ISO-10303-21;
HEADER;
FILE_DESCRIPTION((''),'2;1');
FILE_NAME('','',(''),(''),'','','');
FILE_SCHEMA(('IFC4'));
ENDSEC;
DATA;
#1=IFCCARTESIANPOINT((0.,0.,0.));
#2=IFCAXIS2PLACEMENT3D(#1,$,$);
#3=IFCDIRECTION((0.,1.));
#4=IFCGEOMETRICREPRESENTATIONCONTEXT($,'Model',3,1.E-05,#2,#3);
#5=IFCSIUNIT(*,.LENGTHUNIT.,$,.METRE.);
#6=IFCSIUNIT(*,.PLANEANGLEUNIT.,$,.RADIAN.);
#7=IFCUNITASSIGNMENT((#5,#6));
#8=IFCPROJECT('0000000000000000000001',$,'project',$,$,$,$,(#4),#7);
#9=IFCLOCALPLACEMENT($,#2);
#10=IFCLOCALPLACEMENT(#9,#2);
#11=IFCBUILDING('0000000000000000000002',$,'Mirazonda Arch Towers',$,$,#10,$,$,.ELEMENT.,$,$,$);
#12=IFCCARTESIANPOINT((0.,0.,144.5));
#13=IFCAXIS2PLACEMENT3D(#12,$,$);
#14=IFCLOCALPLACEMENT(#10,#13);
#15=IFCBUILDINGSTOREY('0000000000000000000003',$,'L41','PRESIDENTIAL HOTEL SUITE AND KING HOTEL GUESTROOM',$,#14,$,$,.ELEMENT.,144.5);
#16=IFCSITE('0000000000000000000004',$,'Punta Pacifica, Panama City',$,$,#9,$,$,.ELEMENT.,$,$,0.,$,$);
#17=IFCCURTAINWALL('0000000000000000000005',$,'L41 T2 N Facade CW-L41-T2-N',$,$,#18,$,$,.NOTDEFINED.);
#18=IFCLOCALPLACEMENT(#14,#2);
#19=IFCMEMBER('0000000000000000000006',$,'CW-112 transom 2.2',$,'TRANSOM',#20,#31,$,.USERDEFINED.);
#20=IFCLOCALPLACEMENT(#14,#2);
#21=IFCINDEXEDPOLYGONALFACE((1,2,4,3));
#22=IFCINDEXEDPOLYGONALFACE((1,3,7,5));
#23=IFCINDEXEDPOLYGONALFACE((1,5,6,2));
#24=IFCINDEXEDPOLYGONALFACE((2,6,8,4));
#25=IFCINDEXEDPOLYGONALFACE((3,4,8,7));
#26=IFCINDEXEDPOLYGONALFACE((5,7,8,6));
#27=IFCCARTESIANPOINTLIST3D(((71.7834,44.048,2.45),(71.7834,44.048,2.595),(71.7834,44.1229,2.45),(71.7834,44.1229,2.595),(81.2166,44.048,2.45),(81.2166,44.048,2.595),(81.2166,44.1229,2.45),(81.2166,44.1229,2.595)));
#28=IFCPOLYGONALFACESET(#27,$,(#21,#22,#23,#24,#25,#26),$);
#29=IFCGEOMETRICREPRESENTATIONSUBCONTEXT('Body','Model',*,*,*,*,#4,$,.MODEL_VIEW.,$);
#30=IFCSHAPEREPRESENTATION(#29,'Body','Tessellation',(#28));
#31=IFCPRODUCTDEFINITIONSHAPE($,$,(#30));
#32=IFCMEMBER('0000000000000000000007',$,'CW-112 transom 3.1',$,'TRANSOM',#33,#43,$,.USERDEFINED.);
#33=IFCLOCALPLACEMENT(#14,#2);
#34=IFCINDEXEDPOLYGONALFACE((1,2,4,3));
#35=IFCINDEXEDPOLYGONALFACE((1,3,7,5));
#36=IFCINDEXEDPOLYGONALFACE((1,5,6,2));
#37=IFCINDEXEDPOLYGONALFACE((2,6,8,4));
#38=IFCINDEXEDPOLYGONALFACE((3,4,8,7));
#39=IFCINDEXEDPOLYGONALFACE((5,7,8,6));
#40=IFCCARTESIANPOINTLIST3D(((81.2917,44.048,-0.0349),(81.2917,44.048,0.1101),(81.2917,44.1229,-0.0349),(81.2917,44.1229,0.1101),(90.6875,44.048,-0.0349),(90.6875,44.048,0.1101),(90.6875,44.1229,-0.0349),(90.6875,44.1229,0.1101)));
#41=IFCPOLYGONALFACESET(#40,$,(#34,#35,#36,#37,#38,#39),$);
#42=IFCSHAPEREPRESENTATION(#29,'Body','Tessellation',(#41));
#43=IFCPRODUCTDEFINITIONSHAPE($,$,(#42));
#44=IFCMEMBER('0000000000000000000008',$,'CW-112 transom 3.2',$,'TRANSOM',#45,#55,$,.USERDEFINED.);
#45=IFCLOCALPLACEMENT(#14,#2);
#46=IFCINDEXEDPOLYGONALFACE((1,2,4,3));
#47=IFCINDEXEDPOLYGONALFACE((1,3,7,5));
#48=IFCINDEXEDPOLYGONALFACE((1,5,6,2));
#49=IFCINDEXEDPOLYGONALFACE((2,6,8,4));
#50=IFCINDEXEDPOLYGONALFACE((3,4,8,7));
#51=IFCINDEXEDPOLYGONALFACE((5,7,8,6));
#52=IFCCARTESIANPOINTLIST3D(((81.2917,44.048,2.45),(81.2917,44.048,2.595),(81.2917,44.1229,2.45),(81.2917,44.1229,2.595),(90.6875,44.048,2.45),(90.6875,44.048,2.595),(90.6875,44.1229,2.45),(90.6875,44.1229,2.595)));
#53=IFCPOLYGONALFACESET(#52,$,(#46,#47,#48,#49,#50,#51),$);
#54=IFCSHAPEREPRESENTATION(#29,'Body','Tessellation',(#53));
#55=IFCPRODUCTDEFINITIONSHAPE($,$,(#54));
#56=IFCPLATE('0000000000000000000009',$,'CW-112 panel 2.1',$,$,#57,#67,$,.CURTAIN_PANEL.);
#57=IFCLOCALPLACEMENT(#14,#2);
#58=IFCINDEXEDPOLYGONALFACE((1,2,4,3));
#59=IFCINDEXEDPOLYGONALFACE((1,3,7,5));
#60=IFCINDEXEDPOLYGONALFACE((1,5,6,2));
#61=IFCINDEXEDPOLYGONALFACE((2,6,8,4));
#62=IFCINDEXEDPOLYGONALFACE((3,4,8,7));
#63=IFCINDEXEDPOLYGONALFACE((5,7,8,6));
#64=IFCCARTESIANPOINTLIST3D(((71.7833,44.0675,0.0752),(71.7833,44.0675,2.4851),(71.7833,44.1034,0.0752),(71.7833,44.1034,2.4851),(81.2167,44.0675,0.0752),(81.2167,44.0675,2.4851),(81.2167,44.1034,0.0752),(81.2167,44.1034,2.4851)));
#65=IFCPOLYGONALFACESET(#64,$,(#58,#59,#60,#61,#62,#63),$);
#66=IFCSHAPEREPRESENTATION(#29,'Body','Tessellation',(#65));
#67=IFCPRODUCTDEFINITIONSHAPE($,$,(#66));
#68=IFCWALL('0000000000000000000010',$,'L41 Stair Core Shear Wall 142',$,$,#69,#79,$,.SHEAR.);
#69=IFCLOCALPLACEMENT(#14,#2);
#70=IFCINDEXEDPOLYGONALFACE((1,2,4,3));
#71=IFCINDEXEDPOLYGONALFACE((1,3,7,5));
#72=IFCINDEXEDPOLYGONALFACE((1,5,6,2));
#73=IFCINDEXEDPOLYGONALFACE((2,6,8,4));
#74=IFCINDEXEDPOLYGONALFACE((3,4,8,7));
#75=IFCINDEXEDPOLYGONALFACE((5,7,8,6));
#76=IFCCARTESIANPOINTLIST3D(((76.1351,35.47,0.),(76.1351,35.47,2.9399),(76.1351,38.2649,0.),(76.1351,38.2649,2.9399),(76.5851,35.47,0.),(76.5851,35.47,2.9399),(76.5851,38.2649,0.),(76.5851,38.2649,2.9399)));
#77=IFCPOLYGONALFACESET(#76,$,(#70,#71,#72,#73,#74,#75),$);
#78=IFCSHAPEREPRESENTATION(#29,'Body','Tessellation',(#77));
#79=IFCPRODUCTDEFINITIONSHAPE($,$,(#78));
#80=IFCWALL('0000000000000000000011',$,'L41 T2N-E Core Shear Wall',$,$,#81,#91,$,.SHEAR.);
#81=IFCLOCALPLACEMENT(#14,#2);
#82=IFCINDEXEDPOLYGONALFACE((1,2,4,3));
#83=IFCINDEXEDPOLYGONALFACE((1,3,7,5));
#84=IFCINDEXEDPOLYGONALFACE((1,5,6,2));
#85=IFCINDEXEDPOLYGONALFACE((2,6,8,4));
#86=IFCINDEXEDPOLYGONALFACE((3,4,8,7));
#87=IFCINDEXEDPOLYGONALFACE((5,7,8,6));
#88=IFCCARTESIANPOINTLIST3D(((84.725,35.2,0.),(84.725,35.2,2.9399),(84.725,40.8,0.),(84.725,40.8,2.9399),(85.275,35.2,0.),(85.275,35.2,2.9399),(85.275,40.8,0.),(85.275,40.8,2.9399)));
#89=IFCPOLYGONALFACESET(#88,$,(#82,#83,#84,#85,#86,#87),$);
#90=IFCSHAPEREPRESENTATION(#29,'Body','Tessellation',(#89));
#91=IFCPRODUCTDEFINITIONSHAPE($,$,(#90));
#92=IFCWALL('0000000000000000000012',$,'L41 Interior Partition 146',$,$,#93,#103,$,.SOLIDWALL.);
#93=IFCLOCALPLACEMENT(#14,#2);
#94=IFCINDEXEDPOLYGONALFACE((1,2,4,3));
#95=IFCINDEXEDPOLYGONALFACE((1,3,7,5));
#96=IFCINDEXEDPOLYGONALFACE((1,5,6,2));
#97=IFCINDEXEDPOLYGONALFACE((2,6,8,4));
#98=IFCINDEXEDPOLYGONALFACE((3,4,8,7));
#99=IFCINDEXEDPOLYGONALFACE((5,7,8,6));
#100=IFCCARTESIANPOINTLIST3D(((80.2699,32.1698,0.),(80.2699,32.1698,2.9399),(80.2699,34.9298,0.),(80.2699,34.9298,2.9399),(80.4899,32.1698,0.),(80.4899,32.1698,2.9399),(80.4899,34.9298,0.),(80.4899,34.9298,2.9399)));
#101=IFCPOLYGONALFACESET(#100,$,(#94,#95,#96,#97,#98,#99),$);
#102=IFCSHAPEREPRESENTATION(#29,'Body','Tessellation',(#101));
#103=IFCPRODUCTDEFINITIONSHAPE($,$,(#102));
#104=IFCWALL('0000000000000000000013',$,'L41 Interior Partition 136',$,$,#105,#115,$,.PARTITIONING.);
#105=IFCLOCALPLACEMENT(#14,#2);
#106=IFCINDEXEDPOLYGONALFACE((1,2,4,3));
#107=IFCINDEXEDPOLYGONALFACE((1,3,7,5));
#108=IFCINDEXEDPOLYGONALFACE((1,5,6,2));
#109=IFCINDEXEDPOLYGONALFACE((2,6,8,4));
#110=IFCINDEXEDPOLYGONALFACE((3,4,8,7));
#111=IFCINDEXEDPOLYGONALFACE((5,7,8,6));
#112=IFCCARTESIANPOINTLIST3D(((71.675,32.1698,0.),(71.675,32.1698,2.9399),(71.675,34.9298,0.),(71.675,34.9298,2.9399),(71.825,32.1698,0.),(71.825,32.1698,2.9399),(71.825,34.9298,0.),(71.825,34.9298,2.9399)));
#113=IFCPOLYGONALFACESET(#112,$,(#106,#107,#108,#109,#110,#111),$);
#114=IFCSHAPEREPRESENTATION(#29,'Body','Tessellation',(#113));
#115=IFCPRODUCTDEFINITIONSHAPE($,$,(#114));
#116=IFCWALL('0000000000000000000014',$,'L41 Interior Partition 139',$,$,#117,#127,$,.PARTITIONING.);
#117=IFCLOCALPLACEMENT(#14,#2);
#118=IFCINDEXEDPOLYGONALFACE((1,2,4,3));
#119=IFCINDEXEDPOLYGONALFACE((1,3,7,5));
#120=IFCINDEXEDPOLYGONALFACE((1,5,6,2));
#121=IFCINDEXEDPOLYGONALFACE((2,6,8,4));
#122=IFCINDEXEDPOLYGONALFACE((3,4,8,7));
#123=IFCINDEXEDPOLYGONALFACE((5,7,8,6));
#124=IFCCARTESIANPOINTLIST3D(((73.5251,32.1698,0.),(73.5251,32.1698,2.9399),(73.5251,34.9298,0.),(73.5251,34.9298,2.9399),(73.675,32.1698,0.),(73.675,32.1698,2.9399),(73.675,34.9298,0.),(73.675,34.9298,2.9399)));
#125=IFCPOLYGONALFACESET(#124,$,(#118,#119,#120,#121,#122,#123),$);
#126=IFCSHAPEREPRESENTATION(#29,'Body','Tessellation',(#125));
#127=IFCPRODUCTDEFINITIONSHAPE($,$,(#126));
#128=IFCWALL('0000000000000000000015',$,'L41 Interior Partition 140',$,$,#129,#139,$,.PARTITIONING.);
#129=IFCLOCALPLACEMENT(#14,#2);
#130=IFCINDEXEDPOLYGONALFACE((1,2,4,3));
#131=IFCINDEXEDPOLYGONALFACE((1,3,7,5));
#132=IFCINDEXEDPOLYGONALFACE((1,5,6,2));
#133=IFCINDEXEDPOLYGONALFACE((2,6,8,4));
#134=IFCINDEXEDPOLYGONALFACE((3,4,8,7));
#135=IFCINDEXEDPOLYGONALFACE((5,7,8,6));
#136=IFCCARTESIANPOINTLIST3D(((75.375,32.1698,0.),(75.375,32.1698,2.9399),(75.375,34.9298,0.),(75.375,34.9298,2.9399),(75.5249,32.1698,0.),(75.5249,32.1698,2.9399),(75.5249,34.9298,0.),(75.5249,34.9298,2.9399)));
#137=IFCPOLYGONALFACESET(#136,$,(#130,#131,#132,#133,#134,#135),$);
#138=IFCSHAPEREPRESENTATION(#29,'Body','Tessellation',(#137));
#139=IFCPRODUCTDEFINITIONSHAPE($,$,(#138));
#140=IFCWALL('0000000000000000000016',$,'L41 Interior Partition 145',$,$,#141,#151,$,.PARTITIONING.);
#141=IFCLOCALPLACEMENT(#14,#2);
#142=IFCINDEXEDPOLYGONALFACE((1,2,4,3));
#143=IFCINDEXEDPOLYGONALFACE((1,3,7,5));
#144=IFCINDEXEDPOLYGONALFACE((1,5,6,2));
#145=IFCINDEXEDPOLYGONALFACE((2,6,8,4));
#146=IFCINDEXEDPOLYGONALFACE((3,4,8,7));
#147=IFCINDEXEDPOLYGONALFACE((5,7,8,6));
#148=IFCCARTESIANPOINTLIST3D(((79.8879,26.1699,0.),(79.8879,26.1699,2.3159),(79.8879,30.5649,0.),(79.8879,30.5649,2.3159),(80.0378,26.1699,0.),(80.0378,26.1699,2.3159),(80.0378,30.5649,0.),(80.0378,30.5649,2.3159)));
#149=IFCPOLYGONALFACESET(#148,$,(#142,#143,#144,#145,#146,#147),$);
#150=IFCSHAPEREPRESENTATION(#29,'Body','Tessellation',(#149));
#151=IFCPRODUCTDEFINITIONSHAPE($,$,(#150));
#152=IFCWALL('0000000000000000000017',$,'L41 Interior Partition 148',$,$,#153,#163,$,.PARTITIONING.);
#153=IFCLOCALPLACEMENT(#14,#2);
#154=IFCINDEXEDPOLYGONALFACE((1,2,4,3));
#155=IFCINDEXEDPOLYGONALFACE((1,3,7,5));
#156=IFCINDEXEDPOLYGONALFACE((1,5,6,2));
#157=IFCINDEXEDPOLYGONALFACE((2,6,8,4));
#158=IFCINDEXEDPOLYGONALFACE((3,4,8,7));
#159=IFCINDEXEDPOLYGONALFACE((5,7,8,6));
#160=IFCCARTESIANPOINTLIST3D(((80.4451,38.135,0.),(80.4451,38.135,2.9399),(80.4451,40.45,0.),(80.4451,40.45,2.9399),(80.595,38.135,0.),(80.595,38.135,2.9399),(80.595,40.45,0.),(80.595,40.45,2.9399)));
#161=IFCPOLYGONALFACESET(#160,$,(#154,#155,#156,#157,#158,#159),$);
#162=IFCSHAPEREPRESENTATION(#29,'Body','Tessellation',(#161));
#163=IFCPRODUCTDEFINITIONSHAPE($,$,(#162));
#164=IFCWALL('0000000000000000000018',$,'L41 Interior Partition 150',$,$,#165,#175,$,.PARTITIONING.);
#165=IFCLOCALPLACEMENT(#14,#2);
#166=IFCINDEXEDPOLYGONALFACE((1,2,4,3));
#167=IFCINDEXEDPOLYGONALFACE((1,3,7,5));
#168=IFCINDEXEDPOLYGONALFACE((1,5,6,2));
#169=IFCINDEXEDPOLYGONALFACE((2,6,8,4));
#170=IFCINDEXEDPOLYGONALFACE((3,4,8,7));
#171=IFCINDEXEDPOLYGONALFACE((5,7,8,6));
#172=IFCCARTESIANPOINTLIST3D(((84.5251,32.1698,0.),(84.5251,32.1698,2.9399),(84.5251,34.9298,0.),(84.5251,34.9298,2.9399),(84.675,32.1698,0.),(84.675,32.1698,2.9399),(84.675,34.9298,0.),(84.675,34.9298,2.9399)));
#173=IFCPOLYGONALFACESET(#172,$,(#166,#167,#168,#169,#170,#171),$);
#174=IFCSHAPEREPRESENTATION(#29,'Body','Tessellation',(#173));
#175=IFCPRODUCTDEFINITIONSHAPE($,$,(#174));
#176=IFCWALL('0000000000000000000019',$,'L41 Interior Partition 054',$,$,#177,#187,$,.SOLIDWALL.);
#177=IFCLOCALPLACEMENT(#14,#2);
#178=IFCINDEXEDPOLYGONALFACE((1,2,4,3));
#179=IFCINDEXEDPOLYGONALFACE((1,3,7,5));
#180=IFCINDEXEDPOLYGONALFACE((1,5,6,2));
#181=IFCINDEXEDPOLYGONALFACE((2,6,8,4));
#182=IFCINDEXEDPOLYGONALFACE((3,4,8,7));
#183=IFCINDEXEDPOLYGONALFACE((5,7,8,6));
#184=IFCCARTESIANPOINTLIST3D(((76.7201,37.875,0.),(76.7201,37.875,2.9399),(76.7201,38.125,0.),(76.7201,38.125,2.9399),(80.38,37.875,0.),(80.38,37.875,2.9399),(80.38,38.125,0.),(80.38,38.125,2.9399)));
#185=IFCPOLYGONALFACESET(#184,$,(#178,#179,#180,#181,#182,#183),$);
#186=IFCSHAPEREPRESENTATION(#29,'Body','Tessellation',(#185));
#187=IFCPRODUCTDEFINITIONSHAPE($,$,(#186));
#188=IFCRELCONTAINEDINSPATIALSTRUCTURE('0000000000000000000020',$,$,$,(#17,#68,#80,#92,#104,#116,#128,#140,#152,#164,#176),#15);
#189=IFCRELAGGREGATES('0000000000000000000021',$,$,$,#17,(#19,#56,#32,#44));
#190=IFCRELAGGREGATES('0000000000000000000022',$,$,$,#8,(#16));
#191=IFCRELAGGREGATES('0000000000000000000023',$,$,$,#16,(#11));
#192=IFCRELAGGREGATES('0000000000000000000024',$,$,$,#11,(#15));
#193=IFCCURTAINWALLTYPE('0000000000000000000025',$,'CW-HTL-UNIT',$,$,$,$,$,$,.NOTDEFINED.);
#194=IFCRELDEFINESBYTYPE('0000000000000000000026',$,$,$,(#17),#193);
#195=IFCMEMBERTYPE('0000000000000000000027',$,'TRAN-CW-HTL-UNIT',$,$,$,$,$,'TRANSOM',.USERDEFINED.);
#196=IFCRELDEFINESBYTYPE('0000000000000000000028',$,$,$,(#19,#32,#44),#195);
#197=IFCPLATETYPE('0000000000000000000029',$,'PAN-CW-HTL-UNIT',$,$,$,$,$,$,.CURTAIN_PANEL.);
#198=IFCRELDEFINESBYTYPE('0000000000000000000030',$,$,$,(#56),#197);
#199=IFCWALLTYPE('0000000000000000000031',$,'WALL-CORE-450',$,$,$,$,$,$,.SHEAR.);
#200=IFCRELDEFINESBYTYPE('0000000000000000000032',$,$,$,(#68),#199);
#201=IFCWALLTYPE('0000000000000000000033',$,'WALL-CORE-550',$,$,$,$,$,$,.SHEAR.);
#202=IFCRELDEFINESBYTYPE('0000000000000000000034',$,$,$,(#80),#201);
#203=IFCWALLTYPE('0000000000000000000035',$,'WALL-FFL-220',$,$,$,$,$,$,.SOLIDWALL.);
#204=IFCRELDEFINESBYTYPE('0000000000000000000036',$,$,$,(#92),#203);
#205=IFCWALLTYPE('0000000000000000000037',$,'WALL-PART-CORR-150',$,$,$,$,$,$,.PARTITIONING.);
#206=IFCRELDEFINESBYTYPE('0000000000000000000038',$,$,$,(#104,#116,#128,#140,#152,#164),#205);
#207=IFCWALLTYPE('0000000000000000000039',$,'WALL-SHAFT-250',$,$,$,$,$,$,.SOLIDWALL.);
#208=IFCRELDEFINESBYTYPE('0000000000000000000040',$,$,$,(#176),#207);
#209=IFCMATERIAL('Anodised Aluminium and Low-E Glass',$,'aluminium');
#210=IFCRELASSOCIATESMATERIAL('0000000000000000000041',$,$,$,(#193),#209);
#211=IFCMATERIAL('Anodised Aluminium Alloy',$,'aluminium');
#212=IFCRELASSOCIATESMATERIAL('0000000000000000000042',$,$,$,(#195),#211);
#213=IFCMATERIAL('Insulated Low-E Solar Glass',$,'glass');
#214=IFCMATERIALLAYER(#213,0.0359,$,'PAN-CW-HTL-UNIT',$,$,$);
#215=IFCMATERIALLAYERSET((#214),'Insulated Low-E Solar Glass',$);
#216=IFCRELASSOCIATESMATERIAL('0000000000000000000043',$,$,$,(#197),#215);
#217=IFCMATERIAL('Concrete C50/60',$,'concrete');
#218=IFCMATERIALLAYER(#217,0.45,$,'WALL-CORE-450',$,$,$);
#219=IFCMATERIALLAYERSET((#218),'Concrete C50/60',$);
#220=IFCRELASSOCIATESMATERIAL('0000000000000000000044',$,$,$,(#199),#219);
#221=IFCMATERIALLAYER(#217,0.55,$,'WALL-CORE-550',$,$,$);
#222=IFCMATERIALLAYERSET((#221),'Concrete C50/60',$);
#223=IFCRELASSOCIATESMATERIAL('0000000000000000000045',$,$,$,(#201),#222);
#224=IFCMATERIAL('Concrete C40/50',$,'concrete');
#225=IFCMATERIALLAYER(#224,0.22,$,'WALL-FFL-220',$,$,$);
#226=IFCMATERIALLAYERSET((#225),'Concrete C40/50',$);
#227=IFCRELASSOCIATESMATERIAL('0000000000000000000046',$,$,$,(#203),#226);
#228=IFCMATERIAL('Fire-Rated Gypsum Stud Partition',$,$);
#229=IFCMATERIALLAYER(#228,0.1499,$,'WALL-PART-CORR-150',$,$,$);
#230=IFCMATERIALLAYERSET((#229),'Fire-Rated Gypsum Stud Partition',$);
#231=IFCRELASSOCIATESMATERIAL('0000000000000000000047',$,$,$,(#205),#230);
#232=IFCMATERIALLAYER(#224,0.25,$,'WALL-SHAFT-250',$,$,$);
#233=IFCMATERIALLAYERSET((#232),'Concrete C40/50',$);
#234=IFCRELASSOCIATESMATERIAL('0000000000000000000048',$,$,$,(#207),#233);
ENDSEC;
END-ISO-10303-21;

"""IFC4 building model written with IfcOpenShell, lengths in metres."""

from ifc_helpers import new_model, si_unit, direction, frame, frame_2d, origin, origin_2d, place, context, subcontext, project, spatial, rectangle, extrude, material, layer, layer_set, material_profile, profile_set, type_object, element, aggregate, save


model = new_model("IFC4")

# Units and contexts
model_context = context("Model", 3, precision=1e-05, world=origin(), true_north=direction((0.0, 1.0)))
body_context = subcontext(model_context, "Body", "Model", "MODEL_VIEW")
ifc_project = project(units=[si_unit("LENGTHUNIT", "METRE"), si_unit("PLANEANGLEUNIT", "RADIAN")], contexts=[model_context])

# Site, building, storey
site_placement = place(None, origin())
site = spatial("IfcSite", under=ifc_project, at=site_placement, Name="Punta Pacifica, Panama City", CompositionType="ELEMENT", RefElevation=0.0)
building_placement = place(site_placement, origin())
building = spatial("IfcBuilding", under=site, at=building_placement, Name="Mirazonda Arch Towers", CompositionType="ELEMENT")
storey_placement = place(building_placement, frame((0.0, 0.0, 144.5)))
storey = spatial("IfcBuildingStorey", under=building, at=storey_placement, Name="L41", Description="PRESIDENTIAL HOTEL SUITE AND KING HOTEL GUESTROOM", CompositionType="ELEMENT", Elevation=144.5)

# Shared definitions
ifc_material_1 = material(Name="Concrete C50/60", Category="concrete")

# Curtain wall, members, plate
ifc_material_2 = material(Name="Anodised Aluminium and Low-E Glass", Category="aluminium")
curtain_wall_type = type_object("IfcCurtainWallType", Name="CW-HTL-UNIT", PredefinedType="NOTDEFINED", material=ifc_material_2)
curtain_wall_placement = place(storey_placement, origin())
curtain_wall = element("IfcCurtainWall", 1, at=curtain_wall_placement, inside=storey, type_object=curtain_wall_type, Name="L41 T2 N Facade CW-L41-T2-N", PredefinedType="NOTDEFINED")
ifc_material_3 = material(Name="Anodised Aluminium Alloy", Category="aluminium")
ifc_material_profile_1 = material_profile(ifc_material_3, rectangle(XDim=0.075, YDim=0.145, at=origin_2d()), Name="ALU-TRAN-75x145")
ifc_profile_set_1 = profile_set([ifc_material_profile_1], Name="Anodised Aluminium Alloy")
member_type_1 = type_object("IfcMemberType", Name="TRAN-CW-HTL-UNIT", ElementType="TRANSOM", PredefinedType="USERDEFINED", material=ifc_profile_set_1)
member_1_placement = place(storey_placement, frame((71.7834, 44.0854, 2.5225), z_axis=(1.0, 0.0, 0.0), x_axis=(0.0, 1.0, 0.0)))
member_1 = element("IfcMember", 2, at=member_1_placement, type_object=member_type_1, Name="CW-112 transom 2.2", ObjectType="TRANSOM", PredefinedType="USERDEFINED", context=body_context, shape_type="SweptSolid", body=[
    extrude(rectangle(XDim=0.075, YDim=0.145, at=origin_2d()), origin(), (0.0, 0.0, 1.0), 9.4331),
])
member_2_placement = place(storey_placement, frame((81.2917, 44.0854, 0.0376), z_axis=(1.0, 0.0, 0.0), x_axis=(0.0, 1.0, 0.0)))
member_2 = element("IfcMember", 3, at=member_2_placement, type_object=member_type_1, Name="CW-112 transom 3.1", ObjectType="TRANSOM", PredefinedType="USERDEFINED", context=body_context, shape_type="SweptSolid", body=[
    extrude(rectangle(XDim=0.075, YDim=0.145, at=origin_2d()), origin(), (0.0, 0.0, 1.0), 9.3958),
])
member_3_placement = place(storey_placement, frame((81.2917, 44.0854, 2.5225), z_axis=(1.0, 0.0, 0.0), x_axis=(0.0, 1.0, 0.0)))
member_3 = element("IfcMember", 4, at=member_3_placement, type_object=member_type_1, Name="CW-112 transom 3.2", ObjectType="TRANSOM", PredefinedType="USERDEFINED", context=body_context, shape_type="SweptSolid", body=[
    extrude(rectangle(XDim=0.075, YDim=0.145, at=origin_2d()), origin(), (0.0, 0.0, 1.0), 9.3958),
])
ifc_material_4 = material(Name="Insulated Low-E Solar Glass", Category="glass")
ifc_layer_1 = layer(ifc_material_4, 0.0359, Name="PAN-CW-HTL-UNIT")
ifc_layer_set_1 = layer_set([ifc_layer_1], Name="Insulated Low-E Solar Glass")
plate_type = type_object("IfcPlateType", Name="PAN-CW-HTL-UNIT", PredefinedType="CURTAIN_PANEL", material=ifc_layer_set_1)
plate_placement = place(storey_placement, frame((76.5, 44.0854, 0.0752), z_axis=(0.0, 0.0, 1.0), x_axis=(1.0, 0.0, 0.0)))
plate = element("IfcPlate", 5, at=plate_placement, type_object=plate_type, Name="CW-112 panel 2.1", PredefinedType="CURTAIN_PANEL", context=body_context, shape_type="SweptSolid", body=[
    extrude(rectangle(XDim=9.4333, YDim=0.0359, at=origin_2d()), origin(), (0.0, 0.0, 1.0), 2.4099),
])
aggregate(curtain_wall, [member_1, plate, member_2, member_3])

# Walls
ifc_layer_2 = layer(ifc_material_1, 0.45, Name="WALL-CORE-450")
ifc_layer_set_2 = layer_set([ifc_layer_2], Name="Concrete C50/60")
wall_type_1 = type_object("IfcWallType", Name="WALL-CORE-450", PredefinedType="SHEAR", material=ifc_layer_set_2)
wall_1_placement = place(storey_placement, frame((76.3601, 35.47, 0.0), z_axis=(0.0, 0.0, 1.0), x_axis=(0.0, 1.0, 0.0)))
element("IfcWall", 6, at=wall_1_placement, inside=storey, type_object=wall_type_1, Name="L41 Stair Core Shear Wall 142", PredefinedType="SHEAR", context=body_context, shape_type="SweptSolid", body=[
    extrude(rectangle(XDim=2.7949, YDim=0.45, at=frame_2d((1.3975, 0.0))), origin(), (0.0, 0.0, 1.0), 2.9399),
])
ifc_layer_3 = layer(ifc_material_1, 0.55, Name="WALL-CORE-550")
ifc_layer_set_3 = layer_set([ifc_layer_3], Name="Concrete C50/60")
wall_type_2 = type_object("IfcWallType", Name="WALL-CORE-550", PredefinedType="SHEAR", material=ifc_layer_set_3)
wall_2_placement = place(storey_placement, frame((85.0, 35.2, 0.0), z_axis=(0.0, 0.0, 1.0), x_axis=(0.0, 1.0, 0.0)))
element("IfcWall", 7, at=wall_2_placement, inside=storey, type_object=wall_type_2, Name="L41 T2N-E Core Shear Wall", PredefinedType="SHEAR", context=body_context, shape_type="SweptSolid", body=[
    extrude(rectangle(XDim=5.6001, YDim=0.55, at=frame_2d((2.8, 0.0))), origin(), (0.0, 0.0, 1.0), 2.9399),
])
ifc_material_5 = material(Name="Concrete C40/50", Category="concrete")
ifc_layer_4 = layer(ifc_material_5, 0.22, Name="WALL-FFL-220")
ifc_layer_set_4 = layer_set([ifc_layer_4], Name="Concrete C40/50")
wall_type_3 = type_object("IfcWallType", Name="WALL-FFL-220", PredefinedType="SOLIDWALL", material=ifc_layer_set_4)
wall_3_placement = place(storey_placement, frame((80.3799, 32.1699, 0.0), z_axis=(0.0, 0.0, 1.0), x_axis=(0.0, 1.0, 0.0)))
element("IfcWall", 8, at=wall_3_placement, inside=storey, type_object=wall_type_3, Name="L41 Interior Partition 146", PredefinedType="SOLIDWALL", context=body_context, shape_type="SweptSolid", body=[
    extrude(rectangle(XDim=2.76, YDim=0.22, at=frame_2d((1.3799, 0.0))), origin(), (0.0, 0.0, 1.0), 2.9399),
])
ifc_material_6 = material(Name="Fire-Rated Gypsum Stud Partition")
ifc_layer_5 = layer(ifc_material_6, 0.1499, Name="WALL-PART-CORR-150")
ifc_layer_set_5 = layer_set([ifc_layer_5], Name="Fire-Rated Gypsum Stud Partition")
wall_type_4 = type_object("IfcWallType", Name="WALL-PART-CORR-150", PredefinedType="PARTITIONING", material=ifc_layer_set_5)
for number, where, z_axis, x_axis, name in (
    (9, (71.75, 32.1699, 0.0), (0.0, 0.0, 1.0), (0.0, 1.0, 0.0), "L41 Interior Partition 136"),
    (10, (73.6001, 32.1699, 0.0), (0.0, 0.0, 1.0), (0.0, 1.0, 0.0), "L41 Interior Partition 139"),
    (11, (75.45, 32.1699, 0.0), (0.0, 0.0, 1.0), (0.0, 1.0, 0.0), "L41 Interior Partition 140"),
):
    element("IfcWall", number, at=place(storey_placement, frame(where, z_axis=z_axis, x_axis=x_axis)), inside=storey, type_object=wall_type_4, Name=name, PredefinedType="PARTITIONING", context=body_context, shape_type="SweptSolid", body=[
        extrude(rectangle(XDim=2.76, YDim=0.1499, at=frame_2d((1.3799, 0.0))), origin(), (0.0, 0.0, 1.0), 2.9399),
    ])
wall_4_placement = place(storey_placement, frame((79.9629, 26.1699, 0.0), z_axis=(0.0, 0.0, 1.0), x_axis=(0.0, 1.0, 0.0)))
element("IfcWall", 12, at=wall_4_placement, inside=storey, type_object=wall_type_4, Name="L41 Interior Partition 145", PredefinedType="PARTITIONING", context=body_context, shape_type="SweptSolid", body=[
    extrude(rectangle(XDim=4.395, YDim=0.1499, at=frame_2d((2.1975, 0.0))), origin(), (0.0, 0.0, 1.0), 2.3159),
])
wall_5_placement = place(storey_placement, frame((80.52, 38.135, 0.0), z_axis=(0.0, 0.0, 1.0), x_axis=(0.0, 1.0, 0.0)))
element("IfcWall", 13, at=wall_5_placement, inside=storey, type_object=wall_type_4, Name="L41 Interior Partition 148", PredefinedType="PARTITIONING", context=body_context, shape_type="SweptSolid", body=[
    extrude(rectangle(XDim=2.3149, YDim=0.1499, at=frame_2d((1.1575, 0.0))), origin(), (0.0, 0.0, 1.0), 2.9399),
])
wall_6_placement = place(storey_placement, frame((84.6001, 32.1699, 0.0), z_axis=(0.0, 0.0, 1.0), x_axis=(0.0, 1.0, 0.0)))
element("IfcWall", 14, at=wall_6_placement, inside=storey, type_object=wall_type_4, Name="L41 Interior Partition 150", PredefinedType="PARTITIONING", context=body_context, shape_type="SweptSolid", body=[
    extrude(rectangle(XDim=2.76, YDim=0.1499, at=frame_2d((1.3799, 0.0))), origin(), (0.0, 0.0, 1.0), 2.9399),
])
ifc_layer_6 = layer(ifc_material_5, 0.25, Name="WALL-SHAFT-250")
ifc_layer_set_6 = layer_set([ifc_layer_6], Name="Concrete C40/50")
wall_type_5 = type_object("IfcWallType", Name="WALL-SHAFT-250", PredefinedType="SOLIDWALL", material=ifc_layer_set_6)
wall_7_placement = place(storey_placement, frame((76.72, 38.0, 0.0), z_axis=(0.0, 0.0, 1.0), x_axis=(1.0, 0.0, 0.0)))
element("IfcWall", 15, at=wall_7_placement, inside=storey, type_object=wall_type_5, Name="L41 Interior Partition 054", PredefinedType="SOLIDWALL", context=body_context, shape_type="SweptSolid", body=[
    extrude(rectangle(XDim=3.6599, YDim=0.25, at=frame_2d((1.8301, 0.0))), origin(), (0.0, 0.0, 1.0), 2.9399),
])

save(model, "model.ifc")
